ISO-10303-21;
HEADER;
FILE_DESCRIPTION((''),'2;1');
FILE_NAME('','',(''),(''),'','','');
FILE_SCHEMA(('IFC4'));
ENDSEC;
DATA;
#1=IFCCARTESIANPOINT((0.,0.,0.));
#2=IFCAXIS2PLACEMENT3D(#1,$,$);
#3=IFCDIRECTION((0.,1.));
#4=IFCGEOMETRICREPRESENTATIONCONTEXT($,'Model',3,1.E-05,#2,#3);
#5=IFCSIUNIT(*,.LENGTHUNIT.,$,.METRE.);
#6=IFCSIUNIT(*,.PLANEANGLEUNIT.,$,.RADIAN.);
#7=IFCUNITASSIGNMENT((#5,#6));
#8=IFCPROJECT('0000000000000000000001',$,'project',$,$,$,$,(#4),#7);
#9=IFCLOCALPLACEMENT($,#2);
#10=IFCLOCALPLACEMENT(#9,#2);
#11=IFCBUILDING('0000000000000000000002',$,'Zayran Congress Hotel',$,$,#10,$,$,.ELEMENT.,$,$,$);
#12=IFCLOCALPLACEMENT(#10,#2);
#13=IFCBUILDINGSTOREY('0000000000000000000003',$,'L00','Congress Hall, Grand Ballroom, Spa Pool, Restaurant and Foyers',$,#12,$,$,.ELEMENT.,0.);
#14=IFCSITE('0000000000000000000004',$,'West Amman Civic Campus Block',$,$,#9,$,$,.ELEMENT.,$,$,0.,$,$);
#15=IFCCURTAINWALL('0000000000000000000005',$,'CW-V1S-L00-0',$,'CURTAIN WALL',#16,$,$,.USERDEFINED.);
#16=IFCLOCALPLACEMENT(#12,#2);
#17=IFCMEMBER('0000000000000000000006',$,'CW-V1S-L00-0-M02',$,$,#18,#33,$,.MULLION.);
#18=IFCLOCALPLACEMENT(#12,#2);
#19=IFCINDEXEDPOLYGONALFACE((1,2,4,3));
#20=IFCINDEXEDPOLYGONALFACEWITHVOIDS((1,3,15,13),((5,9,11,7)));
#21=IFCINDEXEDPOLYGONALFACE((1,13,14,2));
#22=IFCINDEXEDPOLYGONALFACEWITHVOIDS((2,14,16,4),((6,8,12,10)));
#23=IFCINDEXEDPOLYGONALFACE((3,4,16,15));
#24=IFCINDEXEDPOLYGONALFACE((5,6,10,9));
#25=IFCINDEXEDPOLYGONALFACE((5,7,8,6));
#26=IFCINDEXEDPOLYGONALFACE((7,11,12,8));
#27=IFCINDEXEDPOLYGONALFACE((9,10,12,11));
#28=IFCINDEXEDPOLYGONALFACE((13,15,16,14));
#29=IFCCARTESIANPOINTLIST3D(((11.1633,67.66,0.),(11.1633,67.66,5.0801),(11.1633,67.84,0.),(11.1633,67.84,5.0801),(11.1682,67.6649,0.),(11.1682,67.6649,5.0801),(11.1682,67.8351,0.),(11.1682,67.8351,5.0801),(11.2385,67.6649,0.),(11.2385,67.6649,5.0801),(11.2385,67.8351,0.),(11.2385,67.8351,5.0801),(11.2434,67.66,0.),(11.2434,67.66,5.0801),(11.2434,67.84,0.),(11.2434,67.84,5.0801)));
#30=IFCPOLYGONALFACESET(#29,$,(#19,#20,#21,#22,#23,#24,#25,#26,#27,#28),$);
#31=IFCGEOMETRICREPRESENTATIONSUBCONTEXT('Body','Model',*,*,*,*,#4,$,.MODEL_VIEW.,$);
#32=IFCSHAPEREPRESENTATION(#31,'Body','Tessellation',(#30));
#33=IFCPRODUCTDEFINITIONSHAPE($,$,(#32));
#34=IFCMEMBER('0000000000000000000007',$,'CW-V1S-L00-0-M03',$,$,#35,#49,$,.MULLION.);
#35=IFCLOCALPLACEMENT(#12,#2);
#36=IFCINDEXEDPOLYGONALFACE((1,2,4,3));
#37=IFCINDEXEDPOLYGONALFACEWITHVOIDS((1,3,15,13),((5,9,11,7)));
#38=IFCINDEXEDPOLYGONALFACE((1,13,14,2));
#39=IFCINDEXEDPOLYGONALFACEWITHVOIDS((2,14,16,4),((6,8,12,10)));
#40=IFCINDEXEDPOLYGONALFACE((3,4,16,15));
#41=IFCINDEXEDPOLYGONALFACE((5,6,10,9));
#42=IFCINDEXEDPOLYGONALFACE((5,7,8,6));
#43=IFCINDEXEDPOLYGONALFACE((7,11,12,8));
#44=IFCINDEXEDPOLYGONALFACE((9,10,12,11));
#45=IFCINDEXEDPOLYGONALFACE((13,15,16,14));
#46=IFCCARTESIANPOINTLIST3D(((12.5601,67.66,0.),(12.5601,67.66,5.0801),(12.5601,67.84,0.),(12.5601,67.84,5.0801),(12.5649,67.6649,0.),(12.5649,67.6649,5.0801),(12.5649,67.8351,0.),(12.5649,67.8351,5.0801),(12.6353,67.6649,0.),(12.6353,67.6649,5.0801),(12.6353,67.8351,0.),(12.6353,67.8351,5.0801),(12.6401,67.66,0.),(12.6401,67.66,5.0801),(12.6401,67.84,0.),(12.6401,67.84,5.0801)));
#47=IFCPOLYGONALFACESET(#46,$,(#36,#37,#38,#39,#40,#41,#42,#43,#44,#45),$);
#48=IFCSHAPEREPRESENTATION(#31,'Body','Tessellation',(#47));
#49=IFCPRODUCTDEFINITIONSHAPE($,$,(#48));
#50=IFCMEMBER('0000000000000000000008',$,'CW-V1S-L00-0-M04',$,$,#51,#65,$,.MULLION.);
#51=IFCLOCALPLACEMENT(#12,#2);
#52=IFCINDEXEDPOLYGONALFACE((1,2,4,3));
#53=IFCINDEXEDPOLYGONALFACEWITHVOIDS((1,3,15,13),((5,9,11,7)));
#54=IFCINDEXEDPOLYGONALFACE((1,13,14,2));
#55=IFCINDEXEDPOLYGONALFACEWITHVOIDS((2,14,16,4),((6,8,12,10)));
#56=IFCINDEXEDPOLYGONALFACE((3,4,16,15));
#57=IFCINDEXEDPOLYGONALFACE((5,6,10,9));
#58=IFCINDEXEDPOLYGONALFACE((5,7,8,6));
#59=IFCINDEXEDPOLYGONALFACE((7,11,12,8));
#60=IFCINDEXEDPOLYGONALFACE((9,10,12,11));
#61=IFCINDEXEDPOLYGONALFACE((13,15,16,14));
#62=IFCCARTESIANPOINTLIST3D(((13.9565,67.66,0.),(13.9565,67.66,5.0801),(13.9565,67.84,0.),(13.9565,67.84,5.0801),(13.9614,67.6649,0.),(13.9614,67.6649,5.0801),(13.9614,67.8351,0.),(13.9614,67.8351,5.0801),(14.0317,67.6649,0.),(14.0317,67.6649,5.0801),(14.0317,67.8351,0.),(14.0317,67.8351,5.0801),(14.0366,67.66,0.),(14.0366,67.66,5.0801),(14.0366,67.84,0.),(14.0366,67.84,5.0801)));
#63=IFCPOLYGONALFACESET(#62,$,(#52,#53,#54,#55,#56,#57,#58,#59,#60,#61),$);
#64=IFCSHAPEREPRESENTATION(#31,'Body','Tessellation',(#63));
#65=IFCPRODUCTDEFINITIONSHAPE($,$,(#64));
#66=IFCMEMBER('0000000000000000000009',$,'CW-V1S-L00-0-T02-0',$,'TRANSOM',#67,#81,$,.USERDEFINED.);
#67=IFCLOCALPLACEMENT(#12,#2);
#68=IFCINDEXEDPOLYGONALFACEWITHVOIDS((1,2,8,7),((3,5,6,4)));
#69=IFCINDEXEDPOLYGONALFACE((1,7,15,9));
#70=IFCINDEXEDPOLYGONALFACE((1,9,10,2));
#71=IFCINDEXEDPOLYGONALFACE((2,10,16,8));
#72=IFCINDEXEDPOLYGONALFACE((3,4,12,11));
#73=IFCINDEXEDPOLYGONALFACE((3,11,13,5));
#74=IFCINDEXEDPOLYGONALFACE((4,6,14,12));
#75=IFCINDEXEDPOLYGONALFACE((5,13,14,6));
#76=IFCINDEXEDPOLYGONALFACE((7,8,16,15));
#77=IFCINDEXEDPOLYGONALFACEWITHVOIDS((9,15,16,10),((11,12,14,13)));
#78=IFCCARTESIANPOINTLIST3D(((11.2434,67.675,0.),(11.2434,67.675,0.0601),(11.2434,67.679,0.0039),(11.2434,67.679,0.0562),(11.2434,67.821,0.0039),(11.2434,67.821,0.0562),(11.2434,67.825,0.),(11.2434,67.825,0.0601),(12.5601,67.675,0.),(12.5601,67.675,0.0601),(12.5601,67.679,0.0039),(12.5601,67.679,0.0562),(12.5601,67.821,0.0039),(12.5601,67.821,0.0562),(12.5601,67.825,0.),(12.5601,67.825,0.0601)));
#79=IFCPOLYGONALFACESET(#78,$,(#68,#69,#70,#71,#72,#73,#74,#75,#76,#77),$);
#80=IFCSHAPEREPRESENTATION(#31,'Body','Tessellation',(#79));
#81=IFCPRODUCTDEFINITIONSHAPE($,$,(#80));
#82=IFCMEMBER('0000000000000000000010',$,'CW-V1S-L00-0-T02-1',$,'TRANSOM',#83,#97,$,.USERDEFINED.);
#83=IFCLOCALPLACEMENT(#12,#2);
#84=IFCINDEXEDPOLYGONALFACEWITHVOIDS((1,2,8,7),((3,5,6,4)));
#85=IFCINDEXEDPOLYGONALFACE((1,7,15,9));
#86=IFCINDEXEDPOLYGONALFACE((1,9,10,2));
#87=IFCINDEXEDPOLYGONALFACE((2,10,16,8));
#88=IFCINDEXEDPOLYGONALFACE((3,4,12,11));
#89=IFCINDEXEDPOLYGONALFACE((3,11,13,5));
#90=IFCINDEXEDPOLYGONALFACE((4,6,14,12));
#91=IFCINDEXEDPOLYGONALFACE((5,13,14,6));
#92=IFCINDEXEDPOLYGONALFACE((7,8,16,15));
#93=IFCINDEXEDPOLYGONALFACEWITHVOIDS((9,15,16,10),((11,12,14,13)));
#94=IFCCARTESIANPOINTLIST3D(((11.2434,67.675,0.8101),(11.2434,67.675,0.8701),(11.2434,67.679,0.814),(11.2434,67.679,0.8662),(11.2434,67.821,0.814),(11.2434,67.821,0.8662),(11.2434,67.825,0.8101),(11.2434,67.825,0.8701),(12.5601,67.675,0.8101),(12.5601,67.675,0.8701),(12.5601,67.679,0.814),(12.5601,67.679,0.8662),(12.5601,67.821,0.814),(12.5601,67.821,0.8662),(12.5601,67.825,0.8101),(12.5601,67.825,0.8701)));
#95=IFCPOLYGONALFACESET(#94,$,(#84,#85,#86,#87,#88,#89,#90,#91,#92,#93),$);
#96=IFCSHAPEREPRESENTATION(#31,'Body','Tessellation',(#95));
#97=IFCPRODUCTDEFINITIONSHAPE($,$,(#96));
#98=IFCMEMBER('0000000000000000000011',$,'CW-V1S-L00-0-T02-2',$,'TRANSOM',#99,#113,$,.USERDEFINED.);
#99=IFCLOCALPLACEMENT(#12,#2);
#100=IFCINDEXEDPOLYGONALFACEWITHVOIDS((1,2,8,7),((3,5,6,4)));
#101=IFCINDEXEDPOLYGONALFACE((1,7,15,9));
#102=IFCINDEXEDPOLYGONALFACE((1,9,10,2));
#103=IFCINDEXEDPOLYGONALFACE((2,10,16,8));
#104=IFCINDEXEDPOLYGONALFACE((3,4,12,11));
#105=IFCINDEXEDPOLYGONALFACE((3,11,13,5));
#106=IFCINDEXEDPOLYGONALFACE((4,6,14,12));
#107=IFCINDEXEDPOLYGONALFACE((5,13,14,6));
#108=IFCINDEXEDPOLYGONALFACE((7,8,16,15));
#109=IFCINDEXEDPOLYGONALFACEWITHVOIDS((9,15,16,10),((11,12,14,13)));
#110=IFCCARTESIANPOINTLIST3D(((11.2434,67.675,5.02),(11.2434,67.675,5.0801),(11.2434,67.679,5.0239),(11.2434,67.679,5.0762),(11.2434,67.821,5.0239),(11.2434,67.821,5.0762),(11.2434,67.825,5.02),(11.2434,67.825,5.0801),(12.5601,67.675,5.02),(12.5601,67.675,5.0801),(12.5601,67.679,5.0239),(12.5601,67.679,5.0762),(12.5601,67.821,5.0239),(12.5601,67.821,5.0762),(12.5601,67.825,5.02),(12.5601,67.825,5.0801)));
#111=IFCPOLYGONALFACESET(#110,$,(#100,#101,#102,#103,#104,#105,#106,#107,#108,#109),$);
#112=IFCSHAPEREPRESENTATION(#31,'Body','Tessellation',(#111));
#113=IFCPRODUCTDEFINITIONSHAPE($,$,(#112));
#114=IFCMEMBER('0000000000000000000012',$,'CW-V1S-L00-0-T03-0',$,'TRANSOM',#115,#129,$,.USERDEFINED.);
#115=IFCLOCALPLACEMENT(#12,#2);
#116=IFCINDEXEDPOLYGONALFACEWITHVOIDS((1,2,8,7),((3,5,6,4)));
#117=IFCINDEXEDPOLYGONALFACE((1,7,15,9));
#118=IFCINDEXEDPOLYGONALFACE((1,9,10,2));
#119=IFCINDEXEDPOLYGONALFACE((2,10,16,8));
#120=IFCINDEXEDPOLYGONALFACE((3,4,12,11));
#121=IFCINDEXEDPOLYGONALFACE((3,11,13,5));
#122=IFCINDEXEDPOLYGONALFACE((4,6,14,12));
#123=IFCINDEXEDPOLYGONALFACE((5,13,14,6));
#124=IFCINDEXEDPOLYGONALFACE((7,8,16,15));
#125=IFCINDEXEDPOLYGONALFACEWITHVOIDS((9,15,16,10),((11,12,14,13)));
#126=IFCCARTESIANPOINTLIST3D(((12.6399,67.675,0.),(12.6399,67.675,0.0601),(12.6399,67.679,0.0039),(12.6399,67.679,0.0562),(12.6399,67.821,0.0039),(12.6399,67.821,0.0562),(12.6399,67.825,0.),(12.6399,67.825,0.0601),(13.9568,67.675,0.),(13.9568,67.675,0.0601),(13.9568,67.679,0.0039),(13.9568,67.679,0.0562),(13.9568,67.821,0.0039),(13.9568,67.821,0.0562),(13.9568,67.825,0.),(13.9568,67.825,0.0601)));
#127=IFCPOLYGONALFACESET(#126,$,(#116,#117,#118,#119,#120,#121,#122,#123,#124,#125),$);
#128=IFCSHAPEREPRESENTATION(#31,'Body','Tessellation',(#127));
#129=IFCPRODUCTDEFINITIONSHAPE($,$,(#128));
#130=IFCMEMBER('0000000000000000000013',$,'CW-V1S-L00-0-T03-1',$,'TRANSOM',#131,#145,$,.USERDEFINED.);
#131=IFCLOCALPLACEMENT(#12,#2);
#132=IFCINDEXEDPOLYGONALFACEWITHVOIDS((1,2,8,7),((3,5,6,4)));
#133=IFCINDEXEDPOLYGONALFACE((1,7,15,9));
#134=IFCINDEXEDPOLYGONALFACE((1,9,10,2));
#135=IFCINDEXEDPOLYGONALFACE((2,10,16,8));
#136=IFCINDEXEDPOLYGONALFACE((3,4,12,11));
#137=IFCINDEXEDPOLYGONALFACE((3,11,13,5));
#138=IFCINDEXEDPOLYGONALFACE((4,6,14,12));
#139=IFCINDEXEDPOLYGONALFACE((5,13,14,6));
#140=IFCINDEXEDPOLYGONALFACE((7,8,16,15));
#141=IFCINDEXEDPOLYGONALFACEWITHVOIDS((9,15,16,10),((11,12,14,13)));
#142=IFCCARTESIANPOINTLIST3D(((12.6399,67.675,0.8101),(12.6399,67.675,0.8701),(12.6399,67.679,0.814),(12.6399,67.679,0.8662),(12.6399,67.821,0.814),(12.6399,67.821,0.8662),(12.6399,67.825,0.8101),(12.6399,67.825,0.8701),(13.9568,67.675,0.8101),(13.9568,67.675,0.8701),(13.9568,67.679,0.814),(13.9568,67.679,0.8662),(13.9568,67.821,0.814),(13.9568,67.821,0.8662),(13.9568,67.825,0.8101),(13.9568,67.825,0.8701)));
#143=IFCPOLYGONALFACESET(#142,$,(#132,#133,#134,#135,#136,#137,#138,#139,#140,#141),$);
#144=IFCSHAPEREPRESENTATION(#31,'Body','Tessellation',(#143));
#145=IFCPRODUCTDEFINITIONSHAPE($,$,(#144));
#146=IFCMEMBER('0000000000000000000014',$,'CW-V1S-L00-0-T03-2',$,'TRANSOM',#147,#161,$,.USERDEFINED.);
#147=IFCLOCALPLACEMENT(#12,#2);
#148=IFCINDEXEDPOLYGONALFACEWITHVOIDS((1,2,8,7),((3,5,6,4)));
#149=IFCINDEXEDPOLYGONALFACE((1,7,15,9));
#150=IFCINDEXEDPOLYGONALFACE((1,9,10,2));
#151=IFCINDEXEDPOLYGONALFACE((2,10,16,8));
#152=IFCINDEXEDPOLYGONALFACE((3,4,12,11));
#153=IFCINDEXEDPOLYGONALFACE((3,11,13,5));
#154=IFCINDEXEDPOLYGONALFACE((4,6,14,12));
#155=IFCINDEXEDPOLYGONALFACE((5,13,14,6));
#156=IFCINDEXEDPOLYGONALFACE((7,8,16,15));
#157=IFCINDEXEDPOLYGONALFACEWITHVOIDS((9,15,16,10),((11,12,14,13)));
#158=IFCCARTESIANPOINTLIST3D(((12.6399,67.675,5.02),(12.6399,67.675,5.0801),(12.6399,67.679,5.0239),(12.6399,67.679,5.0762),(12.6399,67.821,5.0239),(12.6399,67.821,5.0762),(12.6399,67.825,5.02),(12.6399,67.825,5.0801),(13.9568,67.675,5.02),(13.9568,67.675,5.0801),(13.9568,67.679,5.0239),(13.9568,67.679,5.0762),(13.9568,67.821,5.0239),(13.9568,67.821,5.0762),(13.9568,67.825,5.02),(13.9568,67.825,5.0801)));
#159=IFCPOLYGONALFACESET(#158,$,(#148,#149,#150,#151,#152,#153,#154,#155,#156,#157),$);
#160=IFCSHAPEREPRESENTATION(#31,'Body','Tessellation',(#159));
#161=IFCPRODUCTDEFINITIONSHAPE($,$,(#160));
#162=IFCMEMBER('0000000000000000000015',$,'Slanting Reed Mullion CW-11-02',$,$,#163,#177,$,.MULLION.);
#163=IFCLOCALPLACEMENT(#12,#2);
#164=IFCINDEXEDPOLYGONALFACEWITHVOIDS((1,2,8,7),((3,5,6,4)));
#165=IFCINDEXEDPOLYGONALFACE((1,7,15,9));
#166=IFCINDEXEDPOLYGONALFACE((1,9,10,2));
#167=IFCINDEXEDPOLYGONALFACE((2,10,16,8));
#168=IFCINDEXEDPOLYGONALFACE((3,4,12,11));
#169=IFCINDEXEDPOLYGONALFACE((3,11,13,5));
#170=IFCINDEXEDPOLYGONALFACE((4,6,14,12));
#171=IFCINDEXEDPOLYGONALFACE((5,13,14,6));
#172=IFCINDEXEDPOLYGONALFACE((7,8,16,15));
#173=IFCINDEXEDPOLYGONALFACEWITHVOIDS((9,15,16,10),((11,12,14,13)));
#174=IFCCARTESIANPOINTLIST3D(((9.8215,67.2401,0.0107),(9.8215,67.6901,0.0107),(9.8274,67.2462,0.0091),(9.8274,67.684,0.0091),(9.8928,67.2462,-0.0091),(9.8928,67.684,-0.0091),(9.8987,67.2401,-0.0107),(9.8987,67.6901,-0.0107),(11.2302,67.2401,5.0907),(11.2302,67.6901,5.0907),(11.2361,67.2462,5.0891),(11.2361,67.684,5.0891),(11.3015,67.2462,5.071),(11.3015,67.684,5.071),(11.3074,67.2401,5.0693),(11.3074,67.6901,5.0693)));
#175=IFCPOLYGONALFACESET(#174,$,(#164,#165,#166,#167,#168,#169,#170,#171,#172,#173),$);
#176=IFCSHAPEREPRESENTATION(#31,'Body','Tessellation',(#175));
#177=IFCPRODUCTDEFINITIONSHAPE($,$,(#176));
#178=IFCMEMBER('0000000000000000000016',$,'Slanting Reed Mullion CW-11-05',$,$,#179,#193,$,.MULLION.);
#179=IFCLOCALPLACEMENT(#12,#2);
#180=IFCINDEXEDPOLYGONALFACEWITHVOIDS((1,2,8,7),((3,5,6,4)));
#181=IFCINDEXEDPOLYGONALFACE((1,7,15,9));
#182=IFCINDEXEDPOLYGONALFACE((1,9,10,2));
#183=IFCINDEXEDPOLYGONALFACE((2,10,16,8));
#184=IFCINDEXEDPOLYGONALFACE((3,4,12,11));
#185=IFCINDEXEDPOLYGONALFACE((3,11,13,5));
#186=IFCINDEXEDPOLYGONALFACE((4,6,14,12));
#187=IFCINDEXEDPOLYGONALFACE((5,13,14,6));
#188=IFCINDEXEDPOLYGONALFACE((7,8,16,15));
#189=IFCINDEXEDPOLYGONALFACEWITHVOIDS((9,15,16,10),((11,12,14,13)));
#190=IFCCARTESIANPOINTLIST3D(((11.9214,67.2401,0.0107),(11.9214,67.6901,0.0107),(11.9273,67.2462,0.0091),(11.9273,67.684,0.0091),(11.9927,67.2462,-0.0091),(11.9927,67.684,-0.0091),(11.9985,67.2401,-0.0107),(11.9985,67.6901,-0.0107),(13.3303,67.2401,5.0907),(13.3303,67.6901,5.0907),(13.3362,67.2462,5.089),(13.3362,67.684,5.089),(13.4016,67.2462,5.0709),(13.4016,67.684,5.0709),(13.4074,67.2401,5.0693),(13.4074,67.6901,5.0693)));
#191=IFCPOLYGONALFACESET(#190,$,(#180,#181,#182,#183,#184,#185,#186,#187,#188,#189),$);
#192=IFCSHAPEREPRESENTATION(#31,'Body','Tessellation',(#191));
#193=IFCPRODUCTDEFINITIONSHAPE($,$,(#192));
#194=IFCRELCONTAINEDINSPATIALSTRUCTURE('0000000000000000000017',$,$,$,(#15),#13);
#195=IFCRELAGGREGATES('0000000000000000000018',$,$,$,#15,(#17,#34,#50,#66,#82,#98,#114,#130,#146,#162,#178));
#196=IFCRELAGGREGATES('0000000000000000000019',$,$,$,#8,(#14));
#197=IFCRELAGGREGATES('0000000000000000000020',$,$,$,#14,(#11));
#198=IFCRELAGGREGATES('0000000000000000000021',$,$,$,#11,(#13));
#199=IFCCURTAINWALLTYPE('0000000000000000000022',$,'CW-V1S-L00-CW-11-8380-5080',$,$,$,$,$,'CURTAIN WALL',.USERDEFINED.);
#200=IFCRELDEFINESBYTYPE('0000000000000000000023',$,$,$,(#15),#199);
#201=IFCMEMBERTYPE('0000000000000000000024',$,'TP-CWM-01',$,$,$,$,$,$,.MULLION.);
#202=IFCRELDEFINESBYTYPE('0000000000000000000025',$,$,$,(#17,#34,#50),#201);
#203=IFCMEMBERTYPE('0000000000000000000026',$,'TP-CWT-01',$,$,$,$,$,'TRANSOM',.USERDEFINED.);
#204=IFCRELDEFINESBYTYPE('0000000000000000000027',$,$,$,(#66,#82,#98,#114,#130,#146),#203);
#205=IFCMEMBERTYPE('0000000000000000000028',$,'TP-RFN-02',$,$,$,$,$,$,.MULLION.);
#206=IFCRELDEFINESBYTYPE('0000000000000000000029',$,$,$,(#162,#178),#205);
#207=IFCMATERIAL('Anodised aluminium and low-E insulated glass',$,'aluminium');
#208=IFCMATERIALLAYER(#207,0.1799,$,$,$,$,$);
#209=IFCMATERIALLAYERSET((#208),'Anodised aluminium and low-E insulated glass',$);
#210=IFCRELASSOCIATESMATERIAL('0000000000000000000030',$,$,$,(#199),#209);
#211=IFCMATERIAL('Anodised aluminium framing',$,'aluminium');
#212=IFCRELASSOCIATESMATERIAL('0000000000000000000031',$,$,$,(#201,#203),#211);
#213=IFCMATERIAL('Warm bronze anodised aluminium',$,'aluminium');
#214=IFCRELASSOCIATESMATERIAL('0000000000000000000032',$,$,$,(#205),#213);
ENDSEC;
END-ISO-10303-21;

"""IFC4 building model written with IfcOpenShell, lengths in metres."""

from ifc_helpers import new_model, si_unit, direction, frame, origin, origin_2d, place, context, subcontext, project, spatial, hollow_rectangle, extrude, material, layer, layer_set, material_profile, profile_set, type_object, element, aggregate, save


model = new_model("IFC4")

# Units and contexts
model_context = context("Model", 3, precision=1e-05, world=origin(), true_north=direction((0.0, 1.0)))
body_context = subcontext(model_context, "Body", "Model", "MODEL_VIEW")
ifc_project = project(units=[si_unit("LENGTHUNIT", "METRE"), si_unit("PLANEANGLEUNIT", "RADIAN")], contexts=[model_context])

# Site, building, storey
site_placement = place(None, origin())
site = spatial("IfcSite", under=ifc_project, at=site_placement, Name="West Amman Civic Campus Block", CompositionType="ELEMENT", RefElevation=0.0)
building_placement = place(site_placement, origin())
building = spatial("IfcBuilding", under=site, at=building_placement, Name="Zayran Congress Hotel", CompositionType="ELEMENT")
storey_placement = place(building_placement, origin())
storey = spatial("IfcBuildingStorey", under=building, at=storey_placement, Name="L00", Description="Congress Hall, Grand Ballroom, Spa Pool, Restaurant and Foyers", CompositionType="ELEMENT", Elevation=0.0)

# Curtain wall, members
ifc_material_1 = material(Name="Anodised aluminium and low-E insulated glass", Category="aluminium")
ifc_layer_1 = layer(ifc_material_1, 0.1799)
ifc_layer_set_1 = layer_set([ifc_layer_1], Name="Anodised aluminium and low-E insulated glass")
curtain_wall_type = type_object("IfcCurtainWallType", Name="CW-V1S-L00-CW-11-8380-5080", ElementType="CURTAIN WALL", PredefinedType="USERDEFINED", material=ifc_layer_set_1)
curtain_wall_placement = place(storey_placement, origin())
curtain_wall = element("IfcCurtainWall", 1, at=curtain_wall_placement, inside=storey, type_object=curtain_wall_type, Name="CW-V1S-L00-0", ObjectType="CURTAIN WALL", PredefinedType="USERDEFINED")
ifc_material_2 = material(Name="Anodised aluminium framing", Category="aluminium")
ifc_material_profile_1 = material_profile(ifc_material_2, hollow_rectangle(XDim=0.0801, YDim=0.1799, WallThickness=0.0049, at=origin_2d()), Name="RHS 180x80x5")
ifc_profile_set_1 = profile_set([ifc_material_profile_1], Name="Anodised aluminium framing")
member_type_1 = type_object("IfcMemberType", Name="TP-CWM-01", PredefinedType="MULLION", material=ifc_profile_set_1)
member_1_placement = place(storey_placement, frame((11.2034, 67.75, 0.0), z_axis=(0.0, 0.0, 1.0), x_axis=(1.0, 0.0, 0.0)))
member_1 = element("IfcMember", 2, at=member_1_placement, type_object=member_type_1, Name="CW-V1S-L00-0-M02", PredefinedType="MULLION", context=body_context, shape_type="SweptSolid", body=[
    extrude(hollow_rectangle(XDim=0.0801, YDim=0.1799, WallThickness=0.0049, at=origin_2d()), origin(), (0.0, 0.0, 1.0), 5.0801),
])
member_2_placement = place(storey_placement, frame((12.6001, 67.75, 0.0), z_axis=(0.0, 0.0, 1.0), x_axis=(1.0, 0.0, 0.0)))
member_2 = element("IfcMember", 3, at=member_2_placement, type_object=member_type_1, Name="CW-V1S-L00-0-M03", PredefinedType="MULLION", context=body_context, shape_type="SweptSolid", body=[
    extrude(hollow_rectangle(XDim=0.0801, YDim=0.1799, WallThickness=0.0049, at=origin_2d()), origin(), (0.0, 0.0, 1.0), 5.0801),
])
member_3_placement = place(storey_placement, frame((13.9966, 67.75, 0.0), z_axis=(0.0, 0.0, 1.0), x_axis=(1.0, 0.0, 0.0)))
member_3 = element("IfcMember", 4, at=member_3_placement, type_object=member_type_1, Name="CW-V1S-L00-0-M04", PredefinedType="MULLION", context=body_context, shape_type="SweptSolid", body=[
    extrude(hollow_rectangle(XDim=0.0801, YDim=0.1799, WallThickness=0.0049, at=origin_2d()), origin(), (0.0, 0.0, 1.0), 5.0801),
])
ifc_material_profile_2 = material_profile(ifc_material_2, hollow_rectangle(XDim=0.0601, YDim=0.1499, WallThickness=0.0039, at=origin_2d()), Name="RHS 150x60x4")
ifc_profile_set_2 = profile_set([ifc_material_profile_2], Name="Anodised aluminium framing")
member_type_2 = type_object("IfcMemberType", Name="TP-CWT-01", ElementType="TRANSOM", PredefinedType="USERDEFINED", material=ifc_profile_set_2)
member_4_placement = place(storey_placement, frame((11.2434, 67.75, 0.03), z_axis=(1.0, 0.0, 0.0), x_axis=(0.0, 0.0, 1.0)))
member_4 = element("IfcMember", 5, at=member_4_placement, type_object=member_type_2, Name="CW-V1S-L00-0-T02-0", ObjectType="TRANSOM", PredefinedType="USERDEFINED", context=body_context, shape_type="SweptSolid", body=[
    extrude(hollow_rectangle(XDim=0.0601, YDim=0.1499, WallThickness=0.0039, at=origin_2d()), origin(), (0.0, 0.0, 1.0), 1.3167),
])
member_5_placement = place(storey_placement, frame((11.2434, 67.75, 0.8401), z_axis=(1.0, 0.0, 0.0), x_axis=(0.0, 0.0, 1.0)))
member_5 = element("IfcMember", 6, at=member_5_placement, type_object=member_type_2, Name="CW-V1S-L00-0-T02-1", ObjectType="TRANSOM", PredefinedType="USERDEFINED", context=body_context, shape_type="SweptSolid", body=[
    extrude(hollow_rectangle(XDim=0.0601, YDim=0.1499, WallThickness=0.0039, at=origin_2d()), origin(), (0.0, 0.0, 1.0), 1.3167),
])
member_6_placement = place(storey_placement, frame((11.2434, 67.75, 5.05), z_axis=(1.0, 0.0, 0.0), x_axis=(0.0, 0.0, 1.0)))
member_6 = element("IfcMember", 7, at=member_6_placement, type_object=member_type_2, Name="CW-V1S-L00-0-T02-2", ObjectType="TRANSOM", PredefinedType="USERDEFINED", context=body_context, shape_type="SweptSolid", body=[
    extrude(hollow_rectangle(XDim=0.0601, YDim=0.1499, WallThickness=0.0039, at=origin_2d()), origin(), (0.0, 0.0, 1.0), 1.3167),
])
member_7_placement = place(storey_placement, frame((12.6399, 67.75, 0.03), z_axis=(1.0, 0.0, 0.0), x_axis=(0.0, 0.0, 1.0)))
member_7 = element("IfcMember", 8, at=member_7_placement, type_object=member_type_2, Name="CW-V1S-L00-0-T03-0", ObjectType="TRANSOM", PredefinedType="USERDEFINED", context=body_context, shape_type="SweptSolid", body=[
    extrude(hollow_rectangle(XDim=0.0601, YDim=0.1499, WallThickness=0.0039, at=origin_2d()), origin(), (0.0, 0.0, 1.0), 1.3169),
])
member_8_placement = place(storey_placement, frame((12.6399, 67.75, 0.8401), z_axis=(1.0, 0.0, 0.0), x_axis=(0.0, 0.0, 1.0)))
member_8 = element("IfcMember", 9, at=member_8_placement, type_object=member_type_2, Name="CW-V1S-L00-0-T03-1", ObjectType="TRANSOM", PredefinedType="USERDEFINED", context=body_context, shape_type="SweptSolid", body=[
    extrude(hollow_rectangle(XDim=0.0601, YDim=0.1499, WallThickness=0.0039, at=origin_2d()), origin(), (0.0, 0.0, 1.0), 1.3169),
])
member_9_placement = place(storey_placement, frame((12.6399, 67.75, 5.05), z_axis=(1.0, 0.0, 0.0), x_axis=(0.0, 0.0, 1.0)))
member_9 = element("IfcMember", 10, at=member_9_placement, type_object=member_type_2, Name="CW-V1S-L00-0-T03-2", ObjectType="TRANSOM", PredefinedType="USERDEFINED", context=body_context, shape_type="SweptSolid", body=[
    extrude(hollow_rectangle(XDim=0.0601, YDim=0.1499, WallThickness=0.0039, at=origin_2d()), origin(), (0.0, 0.0, 1.0), 1.3169),
])
ifc_material_3 = material(Name="Warm bronze anodised aluminium", Category="aluminium")
ifc_material_profile_3 = material_profile(ifc_material_3, hollow_rectangle(XDim=0.0801, YDim=0.45, WallThickness=0.0061, at=origin_2d()), Name="RHS 450x80x6")
ifc_profile_set_3 = profile_set([ifc_material_profile_3], Name="Warm bronze anodised aluminium")
member_type_3 = type_object("IfcMemberType", Name="TP-RFN-02", PredefinedType="MULLION", material=ifc_profile_set_3)
member_10_placement = place(storey_placement, frame((9.8601, 67.4651, 0.0), z_axis=(0.267214, 0.0, 0.963637), x_axis=(-0.963637, 0.0, 0.267214)))
member_10 = element("IfcMember", 11, at=member_10_placement, type_object=member_type_3, Name="Slanting Reed Mullion CW-11-02", PredefinedType="MULLION", context=body_context, shape_type="SweptSolid", body=[
    extrude(hollow_rectangle(XDim=0.0801, YDim=0.45, WallThickness=0.0061, at=origin_2d()), origin(), (0.0, 0.0, 1.0), 5.2717),
])
member_11_placement = place(storey_placement, frame((11.96, 67.4651, 0.0), z_axis=(0.267257, 0.0, 0.963625), x_axis=(-0.963625, 0.0, 0.267257)))
member_11 = element("IfcMember", 12, at=member_11_placement, type_object=member_type_3, Name="Slanting Reed Mullion CW-11-05", PredefinedType="MULLION", context=body_context, shape_type="SweptSolid", body=[
    extrude(hollow_rectangle(XDim=0.0801, YDim=0.45, WallThickness=0.0061, at=origin_2d()), origin(), (0.0, 0.0, 1.0), 5.2717),
])
aggregate(curtain_wall, [member_1, member_2, member_3, member_4, member_5, member_6, member_7, member_8, member_9, member_10, member_11])

save(model, "model.ifc")
